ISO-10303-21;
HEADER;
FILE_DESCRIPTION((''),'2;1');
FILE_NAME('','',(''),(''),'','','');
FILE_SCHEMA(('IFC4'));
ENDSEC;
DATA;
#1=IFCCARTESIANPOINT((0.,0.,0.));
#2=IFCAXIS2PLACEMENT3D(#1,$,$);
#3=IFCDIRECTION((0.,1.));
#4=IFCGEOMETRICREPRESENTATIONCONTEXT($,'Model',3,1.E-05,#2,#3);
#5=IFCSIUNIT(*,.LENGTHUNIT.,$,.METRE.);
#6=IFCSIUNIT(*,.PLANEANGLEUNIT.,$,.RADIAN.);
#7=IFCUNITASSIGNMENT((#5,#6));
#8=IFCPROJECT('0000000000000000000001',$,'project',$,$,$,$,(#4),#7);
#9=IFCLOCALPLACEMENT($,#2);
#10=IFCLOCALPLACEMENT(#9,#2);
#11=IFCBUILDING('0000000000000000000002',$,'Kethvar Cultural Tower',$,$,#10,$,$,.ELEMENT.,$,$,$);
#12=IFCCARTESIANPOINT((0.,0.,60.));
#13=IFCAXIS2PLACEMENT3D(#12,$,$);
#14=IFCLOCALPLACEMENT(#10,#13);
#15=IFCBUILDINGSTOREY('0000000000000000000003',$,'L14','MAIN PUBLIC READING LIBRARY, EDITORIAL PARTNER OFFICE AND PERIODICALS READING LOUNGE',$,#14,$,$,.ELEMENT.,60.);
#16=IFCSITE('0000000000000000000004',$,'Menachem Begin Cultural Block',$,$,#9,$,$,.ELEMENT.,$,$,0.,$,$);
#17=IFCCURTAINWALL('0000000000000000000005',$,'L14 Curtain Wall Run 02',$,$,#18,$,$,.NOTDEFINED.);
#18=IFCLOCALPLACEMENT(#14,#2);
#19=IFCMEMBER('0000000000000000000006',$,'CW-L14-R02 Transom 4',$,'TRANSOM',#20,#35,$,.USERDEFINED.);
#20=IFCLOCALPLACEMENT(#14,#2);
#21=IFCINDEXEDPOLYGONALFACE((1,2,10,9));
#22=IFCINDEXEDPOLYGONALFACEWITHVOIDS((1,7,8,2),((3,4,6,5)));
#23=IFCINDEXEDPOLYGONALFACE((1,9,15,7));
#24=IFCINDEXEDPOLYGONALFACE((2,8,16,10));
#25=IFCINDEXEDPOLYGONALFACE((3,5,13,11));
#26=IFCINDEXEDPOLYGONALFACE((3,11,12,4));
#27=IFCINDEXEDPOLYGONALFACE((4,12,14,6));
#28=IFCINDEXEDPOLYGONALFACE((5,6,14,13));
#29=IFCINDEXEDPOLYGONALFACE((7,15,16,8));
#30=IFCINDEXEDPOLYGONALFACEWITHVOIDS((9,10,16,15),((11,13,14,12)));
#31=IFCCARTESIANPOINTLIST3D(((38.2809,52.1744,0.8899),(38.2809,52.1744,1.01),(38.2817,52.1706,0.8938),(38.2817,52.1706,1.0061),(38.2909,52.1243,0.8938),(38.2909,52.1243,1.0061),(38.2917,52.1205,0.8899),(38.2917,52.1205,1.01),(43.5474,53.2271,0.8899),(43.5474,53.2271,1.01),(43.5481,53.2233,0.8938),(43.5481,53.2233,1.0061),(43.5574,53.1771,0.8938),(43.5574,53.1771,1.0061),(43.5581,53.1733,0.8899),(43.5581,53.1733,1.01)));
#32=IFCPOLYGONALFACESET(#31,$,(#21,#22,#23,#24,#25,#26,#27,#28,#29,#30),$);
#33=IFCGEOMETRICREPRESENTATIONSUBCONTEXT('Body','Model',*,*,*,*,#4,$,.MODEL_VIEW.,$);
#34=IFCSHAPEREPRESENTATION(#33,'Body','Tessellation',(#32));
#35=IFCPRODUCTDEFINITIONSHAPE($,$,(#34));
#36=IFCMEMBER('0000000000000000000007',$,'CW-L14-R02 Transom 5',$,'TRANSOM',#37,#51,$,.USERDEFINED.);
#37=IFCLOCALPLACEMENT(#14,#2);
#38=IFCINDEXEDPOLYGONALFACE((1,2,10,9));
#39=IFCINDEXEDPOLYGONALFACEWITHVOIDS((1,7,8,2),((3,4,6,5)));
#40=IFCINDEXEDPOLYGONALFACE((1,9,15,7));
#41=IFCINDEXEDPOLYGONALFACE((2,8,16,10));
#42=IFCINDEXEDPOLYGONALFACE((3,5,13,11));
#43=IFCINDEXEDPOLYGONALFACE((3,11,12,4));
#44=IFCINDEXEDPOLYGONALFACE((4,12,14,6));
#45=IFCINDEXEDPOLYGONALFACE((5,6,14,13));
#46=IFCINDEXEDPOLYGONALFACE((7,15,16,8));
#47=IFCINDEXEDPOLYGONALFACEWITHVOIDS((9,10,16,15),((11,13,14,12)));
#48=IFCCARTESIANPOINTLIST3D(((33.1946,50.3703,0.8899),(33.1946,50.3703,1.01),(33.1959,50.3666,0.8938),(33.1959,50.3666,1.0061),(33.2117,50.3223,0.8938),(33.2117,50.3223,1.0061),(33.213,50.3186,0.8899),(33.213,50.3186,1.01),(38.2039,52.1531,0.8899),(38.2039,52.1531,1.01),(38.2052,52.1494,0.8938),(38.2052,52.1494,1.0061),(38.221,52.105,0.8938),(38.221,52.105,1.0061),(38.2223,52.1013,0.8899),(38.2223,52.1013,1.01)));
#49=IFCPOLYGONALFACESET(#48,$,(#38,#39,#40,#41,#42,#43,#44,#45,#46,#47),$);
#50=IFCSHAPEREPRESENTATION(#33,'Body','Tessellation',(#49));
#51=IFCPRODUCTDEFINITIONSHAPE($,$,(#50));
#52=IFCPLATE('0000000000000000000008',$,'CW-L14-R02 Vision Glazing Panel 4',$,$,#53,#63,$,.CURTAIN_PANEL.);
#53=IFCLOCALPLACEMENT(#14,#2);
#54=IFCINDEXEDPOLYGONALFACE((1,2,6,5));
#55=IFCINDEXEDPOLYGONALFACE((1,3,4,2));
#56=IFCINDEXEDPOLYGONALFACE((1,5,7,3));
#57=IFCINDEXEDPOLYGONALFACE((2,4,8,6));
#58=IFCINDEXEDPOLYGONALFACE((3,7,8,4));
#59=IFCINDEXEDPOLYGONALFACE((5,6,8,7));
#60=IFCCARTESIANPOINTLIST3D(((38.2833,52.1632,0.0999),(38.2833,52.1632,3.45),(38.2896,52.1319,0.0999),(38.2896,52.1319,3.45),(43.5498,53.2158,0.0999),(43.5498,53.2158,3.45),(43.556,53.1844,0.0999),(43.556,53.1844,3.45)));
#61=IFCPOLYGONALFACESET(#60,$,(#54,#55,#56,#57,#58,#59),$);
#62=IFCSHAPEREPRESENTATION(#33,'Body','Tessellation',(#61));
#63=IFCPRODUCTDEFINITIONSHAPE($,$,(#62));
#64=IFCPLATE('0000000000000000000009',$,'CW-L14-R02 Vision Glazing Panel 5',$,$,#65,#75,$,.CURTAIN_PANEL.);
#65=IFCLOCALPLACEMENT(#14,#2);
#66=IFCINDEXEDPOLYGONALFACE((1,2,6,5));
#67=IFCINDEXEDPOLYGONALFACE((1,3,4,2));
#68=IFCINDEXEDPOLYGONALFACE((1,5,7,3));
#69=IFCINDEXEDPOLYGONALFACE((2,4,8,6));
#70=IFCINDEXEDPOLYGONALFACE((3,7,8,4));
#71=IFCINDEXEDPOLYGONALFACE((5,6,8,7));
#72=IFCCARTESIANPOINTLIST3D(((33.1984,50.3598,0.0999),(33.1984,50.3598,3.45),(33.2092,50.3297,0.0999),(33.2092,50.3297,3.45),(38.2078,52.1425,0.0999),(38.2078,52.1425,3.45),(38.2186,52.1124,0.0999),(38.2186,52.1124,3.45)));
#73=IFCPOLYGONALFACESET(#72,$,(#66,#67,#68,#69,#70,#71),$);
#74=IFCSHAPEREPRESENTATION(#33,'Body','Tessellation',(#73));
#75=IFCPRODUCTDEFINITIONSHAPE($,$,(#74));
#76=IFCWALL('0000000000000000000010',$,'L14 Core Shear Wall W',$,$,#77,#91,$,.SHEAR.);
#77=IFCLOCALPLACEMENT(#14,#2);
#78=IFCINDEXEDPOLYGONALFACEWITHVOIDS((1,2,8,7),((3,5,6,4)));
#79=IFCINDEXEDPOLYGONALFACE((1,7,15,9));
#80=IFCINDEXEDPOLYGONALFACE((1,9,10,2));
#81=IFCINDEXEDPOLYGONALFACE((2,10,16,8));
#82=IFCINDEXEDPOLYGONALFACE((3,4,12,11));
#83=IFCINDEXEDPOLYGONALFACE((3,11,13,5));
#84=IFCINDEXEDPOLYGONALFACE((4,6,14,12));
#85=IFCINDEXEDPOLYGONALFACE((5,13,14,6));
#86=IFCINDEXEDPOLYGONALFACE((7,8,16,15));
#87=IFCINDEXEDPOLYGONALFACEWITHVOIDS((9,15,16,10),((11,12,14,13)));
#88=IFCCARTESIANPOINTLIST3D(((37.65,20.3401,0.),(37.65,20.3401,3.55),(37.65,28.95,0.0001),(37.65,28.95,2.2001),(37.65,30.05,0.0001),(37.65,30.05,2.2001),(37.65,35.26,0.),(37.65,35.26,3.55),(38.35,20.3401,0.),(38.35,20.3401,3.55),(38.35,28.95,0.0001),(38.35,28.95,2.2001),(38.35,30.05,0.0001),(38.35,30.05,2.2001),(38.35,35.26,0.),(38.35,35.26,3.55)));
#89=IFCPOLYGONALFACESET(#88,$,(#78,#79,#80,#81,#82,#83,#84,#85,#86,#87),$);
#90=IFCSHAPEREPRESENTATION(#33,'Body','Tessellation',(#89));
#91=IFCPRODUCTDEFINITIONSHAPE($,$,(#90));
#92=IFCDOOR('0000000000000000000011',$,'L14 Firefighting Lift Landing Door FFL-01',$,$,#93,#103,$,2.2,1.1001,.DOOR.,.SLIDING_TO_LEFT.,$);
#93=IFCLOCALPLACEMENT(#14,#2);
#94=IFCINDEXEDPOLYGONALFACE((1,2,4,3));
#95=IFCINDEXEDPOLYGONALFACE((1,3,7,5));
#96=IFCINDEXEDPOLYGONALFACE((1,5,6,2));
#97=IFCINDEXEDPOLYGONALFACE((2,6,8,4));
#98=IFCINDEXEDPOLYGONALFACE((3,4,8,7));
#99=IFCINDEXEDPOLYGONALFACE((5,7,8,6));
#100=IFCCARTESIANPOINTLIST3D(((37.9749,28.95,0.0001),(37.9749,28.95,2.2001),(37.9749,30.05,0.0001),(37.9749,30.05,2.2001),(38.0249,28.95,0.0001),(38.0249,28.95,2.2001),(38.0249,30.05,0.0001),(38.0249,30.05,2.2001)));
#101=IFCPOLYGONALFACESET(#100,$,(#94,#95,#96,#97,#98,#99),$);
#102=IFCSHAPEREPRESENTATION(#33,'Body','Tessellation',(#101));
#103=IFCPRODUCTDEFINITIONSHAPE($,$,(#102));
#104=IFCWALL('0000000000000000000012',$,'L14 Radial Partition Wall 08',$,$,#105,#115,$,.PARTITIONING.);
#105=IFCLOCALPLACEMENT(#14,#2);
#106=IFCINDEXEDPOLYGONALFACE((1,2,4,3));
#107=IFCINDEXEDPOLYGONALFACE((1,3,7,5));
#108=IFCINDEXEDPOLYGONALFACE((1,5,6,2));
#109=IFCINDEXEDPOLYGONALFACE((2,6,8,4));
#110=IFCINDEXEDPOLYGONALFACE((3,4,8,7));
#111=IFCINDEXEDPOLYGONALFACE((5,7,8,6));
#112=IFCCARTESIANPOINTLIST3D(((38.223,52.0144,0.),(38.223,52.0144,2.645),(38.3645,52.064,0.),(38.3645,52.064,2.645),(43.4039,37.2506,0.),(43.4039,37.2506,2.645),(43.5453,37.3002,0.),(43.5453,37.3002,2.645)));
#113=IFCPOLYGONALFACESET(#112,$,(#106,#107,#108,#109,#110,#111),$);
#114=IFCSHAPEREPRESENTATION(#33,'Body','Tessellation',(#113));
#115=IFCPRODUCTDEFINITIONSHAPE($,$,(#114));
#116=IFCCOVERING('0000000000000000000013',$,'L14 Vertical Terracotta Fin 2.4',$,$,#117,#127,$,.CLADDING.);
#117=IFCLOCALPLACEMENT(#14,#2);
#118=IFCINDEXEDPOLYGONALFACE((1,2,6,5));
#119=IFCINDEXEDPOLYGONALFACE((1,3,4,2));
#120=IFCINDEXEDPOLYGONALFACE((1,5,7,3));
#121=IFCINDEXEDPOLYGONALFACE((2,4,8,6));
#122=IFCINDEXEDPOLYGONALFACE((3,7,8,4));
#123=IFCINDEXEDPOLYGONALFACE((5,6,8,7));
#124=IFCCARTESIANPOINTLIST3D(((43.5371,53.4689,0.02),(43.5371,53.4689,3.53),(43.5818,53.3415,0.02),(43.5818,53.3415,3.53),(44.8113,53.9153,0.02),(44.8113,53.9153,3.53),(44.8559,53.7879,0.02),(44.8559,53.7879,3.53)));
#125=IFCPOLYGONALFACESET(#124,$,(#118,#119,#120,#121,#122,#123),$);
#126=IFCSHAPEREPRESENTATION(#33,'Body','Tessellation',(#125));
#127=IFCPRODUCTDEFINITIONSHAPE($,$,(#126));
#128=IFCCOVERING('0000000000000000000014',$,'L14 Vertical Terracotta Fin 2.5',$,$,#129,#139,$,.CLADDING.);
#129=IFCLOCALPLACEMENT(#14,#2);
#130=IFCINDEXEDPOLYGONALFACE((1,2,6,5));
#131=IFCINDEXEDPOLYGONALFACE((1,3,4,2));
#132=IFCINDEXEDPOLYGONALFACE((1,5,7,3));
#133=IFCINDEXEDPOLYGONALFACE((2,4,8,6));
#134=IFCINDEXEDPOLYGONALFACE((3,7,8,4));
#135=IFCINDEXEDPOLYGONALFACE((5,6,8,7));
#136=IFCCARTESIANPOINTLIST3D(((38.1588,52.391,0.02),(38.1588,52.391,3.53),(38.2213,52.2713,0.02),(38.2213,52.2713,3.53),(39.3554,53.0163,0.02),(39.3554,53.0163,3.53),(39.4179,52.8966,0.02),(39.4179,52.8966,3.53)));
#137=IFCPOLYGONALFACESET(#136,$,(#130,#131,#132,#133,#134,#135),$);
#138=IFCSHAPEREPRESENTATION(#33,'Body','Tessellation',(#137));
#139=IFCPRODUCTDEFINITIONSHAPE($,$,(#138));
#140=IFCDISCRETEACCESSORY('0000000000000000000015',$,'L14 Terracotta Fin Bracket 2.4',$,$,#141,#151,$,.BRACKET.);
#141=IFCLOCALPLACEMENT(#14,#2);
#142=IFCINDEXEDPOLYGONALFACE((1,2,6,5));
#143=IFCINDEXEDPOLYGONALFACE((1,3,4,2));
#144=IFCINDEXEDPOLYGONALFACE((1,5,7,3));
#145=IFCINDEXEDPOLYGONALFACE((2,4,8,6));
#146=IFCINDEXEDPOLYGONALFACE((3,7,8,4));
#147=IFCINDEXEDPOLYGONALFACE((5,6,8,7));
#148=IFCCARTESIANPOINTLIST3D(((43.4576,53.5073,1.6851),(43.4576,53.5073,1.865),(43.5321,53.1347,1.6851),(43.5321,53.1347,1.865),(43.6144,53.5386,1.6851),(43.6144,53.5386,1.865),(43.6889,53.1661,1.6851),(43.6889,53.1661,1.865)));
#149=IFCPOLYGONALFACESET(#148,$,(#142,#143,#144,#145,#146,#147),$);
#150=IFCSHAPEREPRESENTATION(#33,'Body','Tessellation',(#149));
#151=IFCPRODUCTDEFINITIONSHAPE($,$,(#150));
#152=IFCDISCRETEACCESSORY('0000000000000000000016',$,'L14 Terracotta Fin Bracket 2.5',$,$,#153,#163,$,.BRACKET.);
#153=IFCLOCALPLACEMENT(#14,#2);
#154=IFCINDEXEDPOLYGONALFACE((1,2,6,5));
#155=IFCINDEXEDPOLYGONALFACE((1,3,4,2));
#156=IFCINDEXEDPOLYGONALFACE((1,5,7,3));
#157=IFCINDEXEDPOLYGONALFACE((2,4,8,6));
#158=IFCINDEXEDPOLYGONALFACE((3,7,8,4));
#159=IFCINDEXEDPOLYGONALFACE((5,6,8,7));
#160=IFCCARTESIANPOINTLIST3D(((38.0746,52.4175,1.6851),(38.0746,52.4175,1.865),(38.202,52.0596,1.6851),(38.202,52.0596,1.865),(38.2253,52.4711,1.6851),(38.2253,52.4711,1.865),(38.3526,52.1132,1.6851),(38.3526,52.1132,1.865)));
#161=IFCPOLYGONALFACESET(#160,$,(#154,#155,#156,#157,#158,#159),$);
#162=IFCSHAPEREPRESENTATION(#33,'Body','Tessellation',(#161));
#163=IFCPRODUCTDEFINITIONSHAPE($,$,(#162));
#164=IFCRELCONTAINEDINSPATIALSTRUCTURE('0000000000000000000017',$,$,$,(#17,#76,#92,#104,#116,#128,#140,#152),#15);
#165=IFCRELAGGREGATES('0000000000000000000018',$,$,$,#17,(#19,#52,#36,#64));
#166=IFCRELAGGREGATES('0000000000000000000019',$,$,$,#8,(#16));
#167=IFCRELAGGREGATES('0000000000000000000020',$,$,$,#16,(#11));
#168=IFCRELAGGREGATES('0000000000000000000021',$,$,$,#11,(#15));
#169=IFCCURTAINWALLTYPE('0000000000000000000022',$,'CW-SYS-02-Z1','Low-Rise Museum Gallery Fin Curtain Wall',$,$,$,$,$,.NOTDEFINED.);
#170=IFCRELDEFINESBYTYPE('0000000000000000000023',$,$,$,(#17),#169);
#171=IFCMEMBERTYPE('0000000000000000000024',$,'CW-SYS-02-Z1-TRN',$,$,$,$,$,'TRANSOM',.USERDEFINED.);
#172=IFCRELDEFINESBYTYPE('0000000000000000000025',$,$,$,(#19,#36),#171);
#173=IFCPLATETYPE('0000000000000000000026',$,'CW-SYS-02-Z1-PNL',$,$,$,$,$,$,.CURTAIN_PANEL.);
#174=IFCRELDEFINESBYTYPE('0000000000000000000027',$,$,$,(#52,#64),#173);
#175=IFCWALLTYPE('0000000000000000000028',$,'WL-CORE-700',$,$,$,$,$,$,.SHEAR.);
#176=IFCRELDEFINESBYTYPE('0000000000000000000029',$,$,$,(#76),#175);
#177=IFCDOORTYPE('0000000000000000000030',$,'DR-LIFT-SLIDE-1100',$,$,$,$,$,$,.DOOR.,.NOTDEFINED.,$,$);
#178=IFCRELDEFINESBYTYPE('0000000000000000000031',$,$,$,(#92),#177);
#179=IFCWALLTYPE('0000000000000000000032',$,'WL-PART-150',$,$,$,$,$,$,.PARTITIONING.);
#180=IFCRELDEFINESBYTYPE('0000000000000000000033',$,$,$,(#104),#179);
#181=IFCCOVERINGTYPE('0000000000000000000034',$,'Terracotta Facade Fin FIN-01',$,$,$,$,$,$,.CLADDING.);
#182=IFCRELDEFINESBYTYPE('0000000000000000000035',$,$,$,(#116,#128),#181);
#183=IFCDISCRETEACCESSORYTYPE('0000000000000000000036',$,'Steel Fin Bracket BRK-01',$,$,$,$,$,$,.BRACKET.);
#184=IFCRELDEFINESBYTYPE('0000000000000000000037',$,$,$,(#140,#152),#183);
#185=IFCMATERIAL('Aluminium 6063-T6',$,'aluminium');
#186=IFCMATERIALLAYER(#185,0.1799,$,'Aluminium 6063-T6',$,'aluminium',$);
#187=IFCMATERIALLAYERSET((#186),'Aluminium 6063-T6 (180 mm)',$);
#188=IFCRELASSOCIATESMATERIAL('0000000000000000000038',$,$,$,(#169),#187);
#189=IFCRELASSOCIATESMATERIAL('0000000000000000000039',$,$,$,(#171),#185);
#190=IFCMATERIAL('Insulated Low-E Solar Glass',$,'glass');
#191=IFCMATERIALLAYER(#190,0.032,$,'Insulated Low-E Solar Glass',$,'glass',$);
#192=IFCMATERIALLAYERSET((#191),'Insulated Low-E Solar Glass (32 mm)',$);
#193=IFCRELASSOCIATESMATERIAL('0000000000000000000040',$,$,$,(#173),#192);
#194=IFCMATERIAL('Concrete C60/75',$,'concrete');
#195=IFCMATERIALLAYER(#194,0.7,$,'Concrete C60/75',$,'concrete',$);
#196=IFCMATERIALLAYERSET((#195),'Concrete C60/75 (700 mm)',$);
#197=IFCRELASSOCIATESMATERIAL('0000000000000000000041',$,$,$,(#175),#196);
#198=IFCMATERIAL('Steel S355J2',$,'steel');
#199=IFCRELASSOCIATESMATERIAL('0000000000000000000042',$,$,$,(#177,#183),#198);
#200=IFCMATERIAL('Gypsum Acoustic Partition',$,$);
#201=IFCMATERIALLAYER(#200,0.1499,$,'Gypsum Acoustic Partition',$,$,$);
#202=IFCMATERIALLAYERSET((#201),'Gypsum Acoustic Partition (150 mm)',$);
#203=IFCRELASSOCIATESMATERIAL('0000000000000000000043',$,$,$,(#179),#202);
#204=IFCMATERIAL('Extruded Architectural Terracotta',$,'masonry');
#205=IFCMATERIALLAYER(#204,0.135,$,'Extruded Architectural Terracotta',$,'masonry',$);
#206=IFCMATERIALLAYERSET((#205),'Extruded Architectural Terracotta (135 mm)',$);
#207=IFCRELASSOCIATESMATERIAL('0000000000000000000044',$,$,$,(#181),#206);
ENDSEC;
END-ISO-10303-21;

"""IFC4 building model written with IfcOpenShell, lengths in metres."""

from ifc_helpers import new_model, si_unit, direction, frame, frame_2d, origin, origin_2d, place, context, subcontext, project, spatial, rectangle, hollow_rectangle, extrude, source, transform, mapped, material, layer, layer_set, material_profile, profile_set, type_object, element, fill, aggregate, save


model = new_model("IFC4")

# Units and contexts
model_context = context("Model", 3, precision=1e-05, world=origin(), true_north=direction((0.0, 1.0)))
body_context = subcontext(model_context, "Body", "Model", "MODEL_VIEW")
ifc_project = project(units=[si_unit("LENGTHUNIT", "METRE"), si_unit("PLANEANGLEUNIT", "RADIAN")], contexts=[model_context])

# Site, building, storey
site_placement = place(None, origin())
site = spatial("IfcSite", under=ifc_project, at=site_placement, Name="Menachem Begin Cultural Block", CompositionType="ELEMENT", RefElevation=0.0)
building_placement = place(site_placement, origin())
building = spatial("IfcBuilding", under=site, at=building_placement, Name="Kethvar Cultural Tower", CompositionType="ELEMENT")
storey_placement = place(building_placement, frame((0.0, 0.0, 60.0)))
storey = spatial("IfcBuildingStorey", under=building, at=storey_placement, Name="L14", Description="MAIN PUBLIC READING LIBRARY, EDITORIAL PARTNER OFFICE AND PERIODICALS READING LOUNGE", CompositionType="ELEMENT", Elevation=60.0)

# Shared definitions
ifc_material_1 = material(Name="Steel S355J2", Category="steel")

# Curtain wall, members, plates
ifc_material_2 = material(Name="Aluminium 6063-T6", Category="aluminium")
ifc_layer_1 = layer(ifc_material_2, 0.1799, Name="Aluminium 6063-T6", Category="aluminium")
ifc_layer_set_1 = layer_set([ifc_layer_1], Name="Aluminium 6063-T6 (180 mm)")
curtain_wall_type = type_object("IfcCurtainWallType", Name="CW-SYS-02-Z1", Description="Low-Rise Museum Gallery Fin Curtain Wall", PredefinedType="NOTDEFINED", material=ifc_layer_set_1)
curtain_wall_placement = place(storey_placement, origin())
curtain_wall = element("IfcCurtainWall", 1, at=curtain_wall_placement, inside=storey, type_object=curtain_wall_type, Name="L14 Curtain Wall Run 02", PredefinedType="NOTDEFINED")
ifc_material_profile_1 = material_profile(ifc_material_2, hollow_rectangle(XDim=0.0549, YDim=0.1201, WallThickness=0.0039, at=origin_2d()), Name="Aluminium 6063-T6 — RHS120x55x4")
ifc_profile_set_1 = profile_set([ifc_material_profile_1], Name="Aluminium 6063-T6 — RHS120x55x4")
member_type_1 = type_object("IfcMemberType", Name="CW-SYS-02-Z1-TRN", ElementType="TRANSOM", PredefinedType="USERDEFINED", material=ifc_profile_set_1)
shared_shape_1 = source(origin(), body_context, "Body", "SweptSolid", [
    extrude(hollow_rectangle(XDim=0.0549, YDim=0.1201, WallThickness=0.0039, at=origin_2d()), origin(), (0.0, 0.0, 1.0), 5.3706),
])
member_1_placement = place(storey_placement, frame((43.5527, 53.2002, 0.95), z_axis=(-0.9806, -0.19602, 0.0), x_axis=(0.19602, -0.9806, 0.0)))
member_1 = element("IfcMember", 2, at=member_1_placement, type_object=member_type_1, Name="CW-L14-R02 Transom 4", ObjectType="TRANSOM", PredefinedType="USERDEFINED", context=body_context, shape_type="MappedRepresentation", body=[
    mapped(shared_shape_1, transform((0.0, 0.0, 0.0), scale=1.0)),
])
shared_shape_2 = source(origin(), body_context, "Body", "SweptSolid", [
    extrude(hollow_rectangle(XDim=0.0549, YDim=0.1201, WallThickness=0.0039, at=origin_2d()), origin(), (0.0, 0.0, 1.0), 5.3171),
])
member_2_placement = place(storey_placement, frame((38.2131, 52.1272, 0.95), z_axis=(-0.942117, -0.335283, 0.0), x_axis=(0.335283, -0.942117, 0.0)))
member_2 = element("IfcMember", 3, at=member_2_placement, type_object=member_type_1, Name="CW-L14-R02 Transom 5", ObjectType="TRANSOM", PredefinedType="USERDEFINED", context=body_context, shape_type="MappedRepresentation", body=[
    mapped(shared_shape_2, transform((0.0, 0.0, 0.0), scale=1.0)),
])
ifc_material_3 = material(Name="Insulated Low-E Solar Glass", Category="glass")
ifc_layer_2 = layer(ifc_material_3, 0.032, Name="Insulated Low-E Solar Glass", Category="glass")
ifc_layer_set_2 = layer_set([ifc_layer_2], Name="Insulated Low-E Solar Glass (32 mm)")
plate_type = type_object("IfcPlateType", Name="CW-SYS-02-Z1-PNL", PredefinedType="CURTAIN_PANEL", material=ifc_layer_set_2)
shared_shape_3 = source(origin(), body_context, "Body", "SweptSolid", [
    extrude(rectangle(XDim=5.3706, YDim=0.032, at=origin_2d()), origin(), (0.0, 0.0, 1.0), 3.3501),
])
plate_1_placement = place(storey_placement, frame((40.9197, 52.6738, 0.0999), z_axis=(0.0, 0.0, 1.0), x_axis=(-0.980608, -0.19598, 0.0)))
plate_1 = element("IfcPlate", 4, at=plate_1_placement, type_object=plate_type, Name="CW-L14-R02 Vision Glazing Panel 4", PredefinedType="CURTAIN_PANEL", context=body_context, shape_type="MappedRepresentation", body=[
    mapped(shared_shape_3, transform((0.0, 0.0, 0.0), scale=1.0)),
])
shared_shape_4 = source(origin(), body_context, "Body", "SweptSolid", [
    extrude(rectangle(XDim=5.3171, YDim=0.032, at=origin_2d()), origin(), (0.0, 0.0, 1.0), 3.3501),
])
plate_2_placement = place(storey_placement, frame((35.7085, 51.2361, 0.0999), z_axis=(0.0, 0.0, 1.0), x_axis=(-0.942122, -0.335271, 0.0)))
plate_2 = element("IfcPlate", 5, at=plate_2_placement, type_object=plate_type, Name="CW-L14-R02 Vision Glazing Panel 5", PredefinedType="CURTAIN_PANEL", context=body_context, shape_type="MappedRepresentation", body=[
    mapped(shared_shape_4, transform((0.0, 0.0, 0.0), scale=1.0)),
])
aggregate(curtain_wall, [member_1, plate_1, member_2, plate_2])

# Wall, opening, door
ifc_material_4 = material(Name="Concrete C60/75", Category="concrete")
ifc_layer_3 = layer(ifc_material_4, 0.7, Name="Concrete C60/75", Category="concrete")
ifc_layer_set_3 = layer_set([ifc_layer_3], Name="Concrete C60/75 (700 mm)")
wall_type_1 = type_object("IfcWallType", Name="WL-CORE-700", PredefinedType="SHEAR", material=ifc_layer_set_3)
wall_1_placement = place(storey_placement, frame((38.0, 35.26, 0.0), z_axis=(0.0, 0.0, 1.0), x_axis=(0.0, -1.0, 0.0)))
wall_1 = element("IfcWall", 6, at=wall_1_placement, inside=storey, type_object=wall_type_1, Name="L14 Core Shear Wall W", PredefinedType="SHEAR", context=body_context, shape_type="SweptSolid", body=[
    extrude(rectangle(XDim=14.9199, YDim=0.7, at=frame_2d((7.46, 0.0))), origin(), (0.0, 0.0, 1.0), 3.55),
])
opening_placement = place(wall_1_placement, frame((5.21, 0.0, 0.0)))
opening = element("IfcOpeningElement", 7, at=opening_placement, cuts=wall_1, PredefinedType="OPENING", context=body_context, shape_type="SweptSolid", body=[
    extrude(rectangle(XDim=1.1001, YDim=2.2, at=frame_2d((0.55, 1.1001))), frame((0.0, 0.3599, 0.0), z_axis=(0.0, -1.0, 0.0), x_axis=(1.0, 0.0, 0.0)), (0.0, 0.0, 1.0), 0.72),
])
door_type = type_object("IfcDoorType", Name="DR-LIFT-SLIDE-1100", OperationType="NOTDEFINED", PredefinedType="DOOR", material=ifc_material_1)
shared_shape_5 = source(origin(), body_context, "Body", "SweptSolid", [
    extrude(rectangle(XDim=1.1001, YDim=2.2, at=frame_2d((0.55, 1.1001))), frame((0.0, 0.0249, 0.0), z_axis=(0.0, -1.0, 0.0), x_axis=(1.0, 0.0, 0.0)), (0.0, 0.0, 1.0), 0.05),
])
door_placement = place(opening_placement, origin())
door = element("IfcDoor", 8, at=door_placement, inside=storey, type_object=door_type, Name="L14 Firefighting Lift Landing Door FFL-01", OperationType="SLIDING_TO_LEFT", OverallHeight=2.2, OverallWidth=1.1001, PredefinedType="DOOR", context=body_context, shape_type="MappedRepresentation", body=[
    mapped(shared_shape_5, transform((0.0, 0.0, 0.0), scale=1.0)),
])
fill(opening, door)

# Wall
ifc_material_5 = material(Name="Gypsum Acoustic Partition")
ifc_layer_4 = layer(ifc_material_5, 0.1499, Name="Gypsum Acoustic Partition")
ifc_layer_set_4 = layer_set([ifc_layer_4], Name="Gypsum Acoustic Partition (150 mm)")
wall_type_2 = type_object("IfcWallType", Name="WL-PART-150", PredefinedType="PARTITIONING", material=ifc_layer_set_4)
wall_2_placement = place(storey_placement, frame((43.4746, 37.2754, 0.0), z_axis=(0.0, 0.0, 1.0), x_axis=(-0.331121, 0.943588, 0.0)))
element("IfcWall", 9, at=wall_2_placement, inside=storey, type_object=wall_type_2, Name="L14 Radial Partition Wall 08", PredefinedType="PARTITIONING", context=body_context, shape_type="SweptSolid", body=[
    extrude(rectangle(XDim=15.6465, YDim=0.1499, at=frame_2d((7.8232, 0.0))), origin(), (0.0, 0.0, 1.0), 2.645),
])

# Coverings
ifc_material_6 = material(Name="Extruded Architectural Terracotta", Category="masonry")
ifc_layer_5 = layer(ifc_material_6, 0.135, Name="Extruded Architectural Terracotta", Category="masonry")
ifc_layer_set_5 = layer_set([ifc_layer_5], Name="Extruded Architectural Terracotta (135 mm)")
covering_type = type_object("IfcCoveringType", Name="Terracotta Facade Fin FIN-01", PredefinedType="CLADDING", material=ifc_layer_set_5)
shared_shape_6 = source(origin(), body_context, "Body", "SweptSolid", [
    extrude(rectangle(XDim=1.3501, YDim=0.135, at=origin_2d()), origin(), (0.0, 0.0, 1.0), 3.51),
])
for number, where, z_axis, x_axis, name in (
    (10, (44.1965, 53.6284, 0.02), (0.0, 0.0, 1.0), (0.943743, 0.330679, 0.0), "L14 Vertical Terracotta Fin 2.4"),
    (11, (38.7883, 52.6438, 0.02), (0.0, 0.0, 1.0), (0.886284, 0.463141, 0.0), "L14 Vertical Terracotta Fin 2.5"),
):
    element("IfcCovering", number, at=place(storey_placement, frame(where, z_axis=z_axis, x_axis=x_axis)), inside=storey, type_object=covering_type, Name=name, PredefinedType="CLADDING", context=body_context, shape_type="MappedRepresentation", body=[
        mapped(shared_shape_6, transform((0.0, 0.0, 0.0), scale=1.0)),
    ])

# Discrete accessories
discrete_accessory_type = type_object("IfcDiscreteAccessoryType", Name="Steel Fin Bracket BRK-01", PredefinedType="BRACKET", material=ifc_material_1)
shared_shape_7 = source(origin(), body_context, "Body", "SweptSolid", [
    extrude(rectangle(XDim=0.3799, YDim=0.1599, at=origin_2d()), origin(), (0.0, 0.0, 1.0), 0.1799),
])
for number, where, z_axis, x_axis, name in (
    (12, (43.5732, 53.3367, 1.6851), (0.0, 0.0, 1.0), (-0.195946, 0.980615, 0.0), "L14 Terracotta Fin Bracket 2.4"),
    (13, (38.2136, 52.2654, 1.6851), (0.0, 0.0, 1.0), (-0.335287, 0.942116, 0.0), "L14 Terracotta Fin Bracket 2.5"),
):
    element("IfcDiscreteAccessory", number, at=place(storey_placement, frame(where, z_axis=z_axis, x_axis=x_axis)), inside=storey, type_object=discrete_accessory_type, Name=name, PredefinedType="BRACKET", context=body_context, shape_type="MappedRepresentation", body=[
        mapped(shared_shape_7, transform((0.0, 0.0, 0.0), scale=1.0)),
    ])

save(model, "model.ifc")
